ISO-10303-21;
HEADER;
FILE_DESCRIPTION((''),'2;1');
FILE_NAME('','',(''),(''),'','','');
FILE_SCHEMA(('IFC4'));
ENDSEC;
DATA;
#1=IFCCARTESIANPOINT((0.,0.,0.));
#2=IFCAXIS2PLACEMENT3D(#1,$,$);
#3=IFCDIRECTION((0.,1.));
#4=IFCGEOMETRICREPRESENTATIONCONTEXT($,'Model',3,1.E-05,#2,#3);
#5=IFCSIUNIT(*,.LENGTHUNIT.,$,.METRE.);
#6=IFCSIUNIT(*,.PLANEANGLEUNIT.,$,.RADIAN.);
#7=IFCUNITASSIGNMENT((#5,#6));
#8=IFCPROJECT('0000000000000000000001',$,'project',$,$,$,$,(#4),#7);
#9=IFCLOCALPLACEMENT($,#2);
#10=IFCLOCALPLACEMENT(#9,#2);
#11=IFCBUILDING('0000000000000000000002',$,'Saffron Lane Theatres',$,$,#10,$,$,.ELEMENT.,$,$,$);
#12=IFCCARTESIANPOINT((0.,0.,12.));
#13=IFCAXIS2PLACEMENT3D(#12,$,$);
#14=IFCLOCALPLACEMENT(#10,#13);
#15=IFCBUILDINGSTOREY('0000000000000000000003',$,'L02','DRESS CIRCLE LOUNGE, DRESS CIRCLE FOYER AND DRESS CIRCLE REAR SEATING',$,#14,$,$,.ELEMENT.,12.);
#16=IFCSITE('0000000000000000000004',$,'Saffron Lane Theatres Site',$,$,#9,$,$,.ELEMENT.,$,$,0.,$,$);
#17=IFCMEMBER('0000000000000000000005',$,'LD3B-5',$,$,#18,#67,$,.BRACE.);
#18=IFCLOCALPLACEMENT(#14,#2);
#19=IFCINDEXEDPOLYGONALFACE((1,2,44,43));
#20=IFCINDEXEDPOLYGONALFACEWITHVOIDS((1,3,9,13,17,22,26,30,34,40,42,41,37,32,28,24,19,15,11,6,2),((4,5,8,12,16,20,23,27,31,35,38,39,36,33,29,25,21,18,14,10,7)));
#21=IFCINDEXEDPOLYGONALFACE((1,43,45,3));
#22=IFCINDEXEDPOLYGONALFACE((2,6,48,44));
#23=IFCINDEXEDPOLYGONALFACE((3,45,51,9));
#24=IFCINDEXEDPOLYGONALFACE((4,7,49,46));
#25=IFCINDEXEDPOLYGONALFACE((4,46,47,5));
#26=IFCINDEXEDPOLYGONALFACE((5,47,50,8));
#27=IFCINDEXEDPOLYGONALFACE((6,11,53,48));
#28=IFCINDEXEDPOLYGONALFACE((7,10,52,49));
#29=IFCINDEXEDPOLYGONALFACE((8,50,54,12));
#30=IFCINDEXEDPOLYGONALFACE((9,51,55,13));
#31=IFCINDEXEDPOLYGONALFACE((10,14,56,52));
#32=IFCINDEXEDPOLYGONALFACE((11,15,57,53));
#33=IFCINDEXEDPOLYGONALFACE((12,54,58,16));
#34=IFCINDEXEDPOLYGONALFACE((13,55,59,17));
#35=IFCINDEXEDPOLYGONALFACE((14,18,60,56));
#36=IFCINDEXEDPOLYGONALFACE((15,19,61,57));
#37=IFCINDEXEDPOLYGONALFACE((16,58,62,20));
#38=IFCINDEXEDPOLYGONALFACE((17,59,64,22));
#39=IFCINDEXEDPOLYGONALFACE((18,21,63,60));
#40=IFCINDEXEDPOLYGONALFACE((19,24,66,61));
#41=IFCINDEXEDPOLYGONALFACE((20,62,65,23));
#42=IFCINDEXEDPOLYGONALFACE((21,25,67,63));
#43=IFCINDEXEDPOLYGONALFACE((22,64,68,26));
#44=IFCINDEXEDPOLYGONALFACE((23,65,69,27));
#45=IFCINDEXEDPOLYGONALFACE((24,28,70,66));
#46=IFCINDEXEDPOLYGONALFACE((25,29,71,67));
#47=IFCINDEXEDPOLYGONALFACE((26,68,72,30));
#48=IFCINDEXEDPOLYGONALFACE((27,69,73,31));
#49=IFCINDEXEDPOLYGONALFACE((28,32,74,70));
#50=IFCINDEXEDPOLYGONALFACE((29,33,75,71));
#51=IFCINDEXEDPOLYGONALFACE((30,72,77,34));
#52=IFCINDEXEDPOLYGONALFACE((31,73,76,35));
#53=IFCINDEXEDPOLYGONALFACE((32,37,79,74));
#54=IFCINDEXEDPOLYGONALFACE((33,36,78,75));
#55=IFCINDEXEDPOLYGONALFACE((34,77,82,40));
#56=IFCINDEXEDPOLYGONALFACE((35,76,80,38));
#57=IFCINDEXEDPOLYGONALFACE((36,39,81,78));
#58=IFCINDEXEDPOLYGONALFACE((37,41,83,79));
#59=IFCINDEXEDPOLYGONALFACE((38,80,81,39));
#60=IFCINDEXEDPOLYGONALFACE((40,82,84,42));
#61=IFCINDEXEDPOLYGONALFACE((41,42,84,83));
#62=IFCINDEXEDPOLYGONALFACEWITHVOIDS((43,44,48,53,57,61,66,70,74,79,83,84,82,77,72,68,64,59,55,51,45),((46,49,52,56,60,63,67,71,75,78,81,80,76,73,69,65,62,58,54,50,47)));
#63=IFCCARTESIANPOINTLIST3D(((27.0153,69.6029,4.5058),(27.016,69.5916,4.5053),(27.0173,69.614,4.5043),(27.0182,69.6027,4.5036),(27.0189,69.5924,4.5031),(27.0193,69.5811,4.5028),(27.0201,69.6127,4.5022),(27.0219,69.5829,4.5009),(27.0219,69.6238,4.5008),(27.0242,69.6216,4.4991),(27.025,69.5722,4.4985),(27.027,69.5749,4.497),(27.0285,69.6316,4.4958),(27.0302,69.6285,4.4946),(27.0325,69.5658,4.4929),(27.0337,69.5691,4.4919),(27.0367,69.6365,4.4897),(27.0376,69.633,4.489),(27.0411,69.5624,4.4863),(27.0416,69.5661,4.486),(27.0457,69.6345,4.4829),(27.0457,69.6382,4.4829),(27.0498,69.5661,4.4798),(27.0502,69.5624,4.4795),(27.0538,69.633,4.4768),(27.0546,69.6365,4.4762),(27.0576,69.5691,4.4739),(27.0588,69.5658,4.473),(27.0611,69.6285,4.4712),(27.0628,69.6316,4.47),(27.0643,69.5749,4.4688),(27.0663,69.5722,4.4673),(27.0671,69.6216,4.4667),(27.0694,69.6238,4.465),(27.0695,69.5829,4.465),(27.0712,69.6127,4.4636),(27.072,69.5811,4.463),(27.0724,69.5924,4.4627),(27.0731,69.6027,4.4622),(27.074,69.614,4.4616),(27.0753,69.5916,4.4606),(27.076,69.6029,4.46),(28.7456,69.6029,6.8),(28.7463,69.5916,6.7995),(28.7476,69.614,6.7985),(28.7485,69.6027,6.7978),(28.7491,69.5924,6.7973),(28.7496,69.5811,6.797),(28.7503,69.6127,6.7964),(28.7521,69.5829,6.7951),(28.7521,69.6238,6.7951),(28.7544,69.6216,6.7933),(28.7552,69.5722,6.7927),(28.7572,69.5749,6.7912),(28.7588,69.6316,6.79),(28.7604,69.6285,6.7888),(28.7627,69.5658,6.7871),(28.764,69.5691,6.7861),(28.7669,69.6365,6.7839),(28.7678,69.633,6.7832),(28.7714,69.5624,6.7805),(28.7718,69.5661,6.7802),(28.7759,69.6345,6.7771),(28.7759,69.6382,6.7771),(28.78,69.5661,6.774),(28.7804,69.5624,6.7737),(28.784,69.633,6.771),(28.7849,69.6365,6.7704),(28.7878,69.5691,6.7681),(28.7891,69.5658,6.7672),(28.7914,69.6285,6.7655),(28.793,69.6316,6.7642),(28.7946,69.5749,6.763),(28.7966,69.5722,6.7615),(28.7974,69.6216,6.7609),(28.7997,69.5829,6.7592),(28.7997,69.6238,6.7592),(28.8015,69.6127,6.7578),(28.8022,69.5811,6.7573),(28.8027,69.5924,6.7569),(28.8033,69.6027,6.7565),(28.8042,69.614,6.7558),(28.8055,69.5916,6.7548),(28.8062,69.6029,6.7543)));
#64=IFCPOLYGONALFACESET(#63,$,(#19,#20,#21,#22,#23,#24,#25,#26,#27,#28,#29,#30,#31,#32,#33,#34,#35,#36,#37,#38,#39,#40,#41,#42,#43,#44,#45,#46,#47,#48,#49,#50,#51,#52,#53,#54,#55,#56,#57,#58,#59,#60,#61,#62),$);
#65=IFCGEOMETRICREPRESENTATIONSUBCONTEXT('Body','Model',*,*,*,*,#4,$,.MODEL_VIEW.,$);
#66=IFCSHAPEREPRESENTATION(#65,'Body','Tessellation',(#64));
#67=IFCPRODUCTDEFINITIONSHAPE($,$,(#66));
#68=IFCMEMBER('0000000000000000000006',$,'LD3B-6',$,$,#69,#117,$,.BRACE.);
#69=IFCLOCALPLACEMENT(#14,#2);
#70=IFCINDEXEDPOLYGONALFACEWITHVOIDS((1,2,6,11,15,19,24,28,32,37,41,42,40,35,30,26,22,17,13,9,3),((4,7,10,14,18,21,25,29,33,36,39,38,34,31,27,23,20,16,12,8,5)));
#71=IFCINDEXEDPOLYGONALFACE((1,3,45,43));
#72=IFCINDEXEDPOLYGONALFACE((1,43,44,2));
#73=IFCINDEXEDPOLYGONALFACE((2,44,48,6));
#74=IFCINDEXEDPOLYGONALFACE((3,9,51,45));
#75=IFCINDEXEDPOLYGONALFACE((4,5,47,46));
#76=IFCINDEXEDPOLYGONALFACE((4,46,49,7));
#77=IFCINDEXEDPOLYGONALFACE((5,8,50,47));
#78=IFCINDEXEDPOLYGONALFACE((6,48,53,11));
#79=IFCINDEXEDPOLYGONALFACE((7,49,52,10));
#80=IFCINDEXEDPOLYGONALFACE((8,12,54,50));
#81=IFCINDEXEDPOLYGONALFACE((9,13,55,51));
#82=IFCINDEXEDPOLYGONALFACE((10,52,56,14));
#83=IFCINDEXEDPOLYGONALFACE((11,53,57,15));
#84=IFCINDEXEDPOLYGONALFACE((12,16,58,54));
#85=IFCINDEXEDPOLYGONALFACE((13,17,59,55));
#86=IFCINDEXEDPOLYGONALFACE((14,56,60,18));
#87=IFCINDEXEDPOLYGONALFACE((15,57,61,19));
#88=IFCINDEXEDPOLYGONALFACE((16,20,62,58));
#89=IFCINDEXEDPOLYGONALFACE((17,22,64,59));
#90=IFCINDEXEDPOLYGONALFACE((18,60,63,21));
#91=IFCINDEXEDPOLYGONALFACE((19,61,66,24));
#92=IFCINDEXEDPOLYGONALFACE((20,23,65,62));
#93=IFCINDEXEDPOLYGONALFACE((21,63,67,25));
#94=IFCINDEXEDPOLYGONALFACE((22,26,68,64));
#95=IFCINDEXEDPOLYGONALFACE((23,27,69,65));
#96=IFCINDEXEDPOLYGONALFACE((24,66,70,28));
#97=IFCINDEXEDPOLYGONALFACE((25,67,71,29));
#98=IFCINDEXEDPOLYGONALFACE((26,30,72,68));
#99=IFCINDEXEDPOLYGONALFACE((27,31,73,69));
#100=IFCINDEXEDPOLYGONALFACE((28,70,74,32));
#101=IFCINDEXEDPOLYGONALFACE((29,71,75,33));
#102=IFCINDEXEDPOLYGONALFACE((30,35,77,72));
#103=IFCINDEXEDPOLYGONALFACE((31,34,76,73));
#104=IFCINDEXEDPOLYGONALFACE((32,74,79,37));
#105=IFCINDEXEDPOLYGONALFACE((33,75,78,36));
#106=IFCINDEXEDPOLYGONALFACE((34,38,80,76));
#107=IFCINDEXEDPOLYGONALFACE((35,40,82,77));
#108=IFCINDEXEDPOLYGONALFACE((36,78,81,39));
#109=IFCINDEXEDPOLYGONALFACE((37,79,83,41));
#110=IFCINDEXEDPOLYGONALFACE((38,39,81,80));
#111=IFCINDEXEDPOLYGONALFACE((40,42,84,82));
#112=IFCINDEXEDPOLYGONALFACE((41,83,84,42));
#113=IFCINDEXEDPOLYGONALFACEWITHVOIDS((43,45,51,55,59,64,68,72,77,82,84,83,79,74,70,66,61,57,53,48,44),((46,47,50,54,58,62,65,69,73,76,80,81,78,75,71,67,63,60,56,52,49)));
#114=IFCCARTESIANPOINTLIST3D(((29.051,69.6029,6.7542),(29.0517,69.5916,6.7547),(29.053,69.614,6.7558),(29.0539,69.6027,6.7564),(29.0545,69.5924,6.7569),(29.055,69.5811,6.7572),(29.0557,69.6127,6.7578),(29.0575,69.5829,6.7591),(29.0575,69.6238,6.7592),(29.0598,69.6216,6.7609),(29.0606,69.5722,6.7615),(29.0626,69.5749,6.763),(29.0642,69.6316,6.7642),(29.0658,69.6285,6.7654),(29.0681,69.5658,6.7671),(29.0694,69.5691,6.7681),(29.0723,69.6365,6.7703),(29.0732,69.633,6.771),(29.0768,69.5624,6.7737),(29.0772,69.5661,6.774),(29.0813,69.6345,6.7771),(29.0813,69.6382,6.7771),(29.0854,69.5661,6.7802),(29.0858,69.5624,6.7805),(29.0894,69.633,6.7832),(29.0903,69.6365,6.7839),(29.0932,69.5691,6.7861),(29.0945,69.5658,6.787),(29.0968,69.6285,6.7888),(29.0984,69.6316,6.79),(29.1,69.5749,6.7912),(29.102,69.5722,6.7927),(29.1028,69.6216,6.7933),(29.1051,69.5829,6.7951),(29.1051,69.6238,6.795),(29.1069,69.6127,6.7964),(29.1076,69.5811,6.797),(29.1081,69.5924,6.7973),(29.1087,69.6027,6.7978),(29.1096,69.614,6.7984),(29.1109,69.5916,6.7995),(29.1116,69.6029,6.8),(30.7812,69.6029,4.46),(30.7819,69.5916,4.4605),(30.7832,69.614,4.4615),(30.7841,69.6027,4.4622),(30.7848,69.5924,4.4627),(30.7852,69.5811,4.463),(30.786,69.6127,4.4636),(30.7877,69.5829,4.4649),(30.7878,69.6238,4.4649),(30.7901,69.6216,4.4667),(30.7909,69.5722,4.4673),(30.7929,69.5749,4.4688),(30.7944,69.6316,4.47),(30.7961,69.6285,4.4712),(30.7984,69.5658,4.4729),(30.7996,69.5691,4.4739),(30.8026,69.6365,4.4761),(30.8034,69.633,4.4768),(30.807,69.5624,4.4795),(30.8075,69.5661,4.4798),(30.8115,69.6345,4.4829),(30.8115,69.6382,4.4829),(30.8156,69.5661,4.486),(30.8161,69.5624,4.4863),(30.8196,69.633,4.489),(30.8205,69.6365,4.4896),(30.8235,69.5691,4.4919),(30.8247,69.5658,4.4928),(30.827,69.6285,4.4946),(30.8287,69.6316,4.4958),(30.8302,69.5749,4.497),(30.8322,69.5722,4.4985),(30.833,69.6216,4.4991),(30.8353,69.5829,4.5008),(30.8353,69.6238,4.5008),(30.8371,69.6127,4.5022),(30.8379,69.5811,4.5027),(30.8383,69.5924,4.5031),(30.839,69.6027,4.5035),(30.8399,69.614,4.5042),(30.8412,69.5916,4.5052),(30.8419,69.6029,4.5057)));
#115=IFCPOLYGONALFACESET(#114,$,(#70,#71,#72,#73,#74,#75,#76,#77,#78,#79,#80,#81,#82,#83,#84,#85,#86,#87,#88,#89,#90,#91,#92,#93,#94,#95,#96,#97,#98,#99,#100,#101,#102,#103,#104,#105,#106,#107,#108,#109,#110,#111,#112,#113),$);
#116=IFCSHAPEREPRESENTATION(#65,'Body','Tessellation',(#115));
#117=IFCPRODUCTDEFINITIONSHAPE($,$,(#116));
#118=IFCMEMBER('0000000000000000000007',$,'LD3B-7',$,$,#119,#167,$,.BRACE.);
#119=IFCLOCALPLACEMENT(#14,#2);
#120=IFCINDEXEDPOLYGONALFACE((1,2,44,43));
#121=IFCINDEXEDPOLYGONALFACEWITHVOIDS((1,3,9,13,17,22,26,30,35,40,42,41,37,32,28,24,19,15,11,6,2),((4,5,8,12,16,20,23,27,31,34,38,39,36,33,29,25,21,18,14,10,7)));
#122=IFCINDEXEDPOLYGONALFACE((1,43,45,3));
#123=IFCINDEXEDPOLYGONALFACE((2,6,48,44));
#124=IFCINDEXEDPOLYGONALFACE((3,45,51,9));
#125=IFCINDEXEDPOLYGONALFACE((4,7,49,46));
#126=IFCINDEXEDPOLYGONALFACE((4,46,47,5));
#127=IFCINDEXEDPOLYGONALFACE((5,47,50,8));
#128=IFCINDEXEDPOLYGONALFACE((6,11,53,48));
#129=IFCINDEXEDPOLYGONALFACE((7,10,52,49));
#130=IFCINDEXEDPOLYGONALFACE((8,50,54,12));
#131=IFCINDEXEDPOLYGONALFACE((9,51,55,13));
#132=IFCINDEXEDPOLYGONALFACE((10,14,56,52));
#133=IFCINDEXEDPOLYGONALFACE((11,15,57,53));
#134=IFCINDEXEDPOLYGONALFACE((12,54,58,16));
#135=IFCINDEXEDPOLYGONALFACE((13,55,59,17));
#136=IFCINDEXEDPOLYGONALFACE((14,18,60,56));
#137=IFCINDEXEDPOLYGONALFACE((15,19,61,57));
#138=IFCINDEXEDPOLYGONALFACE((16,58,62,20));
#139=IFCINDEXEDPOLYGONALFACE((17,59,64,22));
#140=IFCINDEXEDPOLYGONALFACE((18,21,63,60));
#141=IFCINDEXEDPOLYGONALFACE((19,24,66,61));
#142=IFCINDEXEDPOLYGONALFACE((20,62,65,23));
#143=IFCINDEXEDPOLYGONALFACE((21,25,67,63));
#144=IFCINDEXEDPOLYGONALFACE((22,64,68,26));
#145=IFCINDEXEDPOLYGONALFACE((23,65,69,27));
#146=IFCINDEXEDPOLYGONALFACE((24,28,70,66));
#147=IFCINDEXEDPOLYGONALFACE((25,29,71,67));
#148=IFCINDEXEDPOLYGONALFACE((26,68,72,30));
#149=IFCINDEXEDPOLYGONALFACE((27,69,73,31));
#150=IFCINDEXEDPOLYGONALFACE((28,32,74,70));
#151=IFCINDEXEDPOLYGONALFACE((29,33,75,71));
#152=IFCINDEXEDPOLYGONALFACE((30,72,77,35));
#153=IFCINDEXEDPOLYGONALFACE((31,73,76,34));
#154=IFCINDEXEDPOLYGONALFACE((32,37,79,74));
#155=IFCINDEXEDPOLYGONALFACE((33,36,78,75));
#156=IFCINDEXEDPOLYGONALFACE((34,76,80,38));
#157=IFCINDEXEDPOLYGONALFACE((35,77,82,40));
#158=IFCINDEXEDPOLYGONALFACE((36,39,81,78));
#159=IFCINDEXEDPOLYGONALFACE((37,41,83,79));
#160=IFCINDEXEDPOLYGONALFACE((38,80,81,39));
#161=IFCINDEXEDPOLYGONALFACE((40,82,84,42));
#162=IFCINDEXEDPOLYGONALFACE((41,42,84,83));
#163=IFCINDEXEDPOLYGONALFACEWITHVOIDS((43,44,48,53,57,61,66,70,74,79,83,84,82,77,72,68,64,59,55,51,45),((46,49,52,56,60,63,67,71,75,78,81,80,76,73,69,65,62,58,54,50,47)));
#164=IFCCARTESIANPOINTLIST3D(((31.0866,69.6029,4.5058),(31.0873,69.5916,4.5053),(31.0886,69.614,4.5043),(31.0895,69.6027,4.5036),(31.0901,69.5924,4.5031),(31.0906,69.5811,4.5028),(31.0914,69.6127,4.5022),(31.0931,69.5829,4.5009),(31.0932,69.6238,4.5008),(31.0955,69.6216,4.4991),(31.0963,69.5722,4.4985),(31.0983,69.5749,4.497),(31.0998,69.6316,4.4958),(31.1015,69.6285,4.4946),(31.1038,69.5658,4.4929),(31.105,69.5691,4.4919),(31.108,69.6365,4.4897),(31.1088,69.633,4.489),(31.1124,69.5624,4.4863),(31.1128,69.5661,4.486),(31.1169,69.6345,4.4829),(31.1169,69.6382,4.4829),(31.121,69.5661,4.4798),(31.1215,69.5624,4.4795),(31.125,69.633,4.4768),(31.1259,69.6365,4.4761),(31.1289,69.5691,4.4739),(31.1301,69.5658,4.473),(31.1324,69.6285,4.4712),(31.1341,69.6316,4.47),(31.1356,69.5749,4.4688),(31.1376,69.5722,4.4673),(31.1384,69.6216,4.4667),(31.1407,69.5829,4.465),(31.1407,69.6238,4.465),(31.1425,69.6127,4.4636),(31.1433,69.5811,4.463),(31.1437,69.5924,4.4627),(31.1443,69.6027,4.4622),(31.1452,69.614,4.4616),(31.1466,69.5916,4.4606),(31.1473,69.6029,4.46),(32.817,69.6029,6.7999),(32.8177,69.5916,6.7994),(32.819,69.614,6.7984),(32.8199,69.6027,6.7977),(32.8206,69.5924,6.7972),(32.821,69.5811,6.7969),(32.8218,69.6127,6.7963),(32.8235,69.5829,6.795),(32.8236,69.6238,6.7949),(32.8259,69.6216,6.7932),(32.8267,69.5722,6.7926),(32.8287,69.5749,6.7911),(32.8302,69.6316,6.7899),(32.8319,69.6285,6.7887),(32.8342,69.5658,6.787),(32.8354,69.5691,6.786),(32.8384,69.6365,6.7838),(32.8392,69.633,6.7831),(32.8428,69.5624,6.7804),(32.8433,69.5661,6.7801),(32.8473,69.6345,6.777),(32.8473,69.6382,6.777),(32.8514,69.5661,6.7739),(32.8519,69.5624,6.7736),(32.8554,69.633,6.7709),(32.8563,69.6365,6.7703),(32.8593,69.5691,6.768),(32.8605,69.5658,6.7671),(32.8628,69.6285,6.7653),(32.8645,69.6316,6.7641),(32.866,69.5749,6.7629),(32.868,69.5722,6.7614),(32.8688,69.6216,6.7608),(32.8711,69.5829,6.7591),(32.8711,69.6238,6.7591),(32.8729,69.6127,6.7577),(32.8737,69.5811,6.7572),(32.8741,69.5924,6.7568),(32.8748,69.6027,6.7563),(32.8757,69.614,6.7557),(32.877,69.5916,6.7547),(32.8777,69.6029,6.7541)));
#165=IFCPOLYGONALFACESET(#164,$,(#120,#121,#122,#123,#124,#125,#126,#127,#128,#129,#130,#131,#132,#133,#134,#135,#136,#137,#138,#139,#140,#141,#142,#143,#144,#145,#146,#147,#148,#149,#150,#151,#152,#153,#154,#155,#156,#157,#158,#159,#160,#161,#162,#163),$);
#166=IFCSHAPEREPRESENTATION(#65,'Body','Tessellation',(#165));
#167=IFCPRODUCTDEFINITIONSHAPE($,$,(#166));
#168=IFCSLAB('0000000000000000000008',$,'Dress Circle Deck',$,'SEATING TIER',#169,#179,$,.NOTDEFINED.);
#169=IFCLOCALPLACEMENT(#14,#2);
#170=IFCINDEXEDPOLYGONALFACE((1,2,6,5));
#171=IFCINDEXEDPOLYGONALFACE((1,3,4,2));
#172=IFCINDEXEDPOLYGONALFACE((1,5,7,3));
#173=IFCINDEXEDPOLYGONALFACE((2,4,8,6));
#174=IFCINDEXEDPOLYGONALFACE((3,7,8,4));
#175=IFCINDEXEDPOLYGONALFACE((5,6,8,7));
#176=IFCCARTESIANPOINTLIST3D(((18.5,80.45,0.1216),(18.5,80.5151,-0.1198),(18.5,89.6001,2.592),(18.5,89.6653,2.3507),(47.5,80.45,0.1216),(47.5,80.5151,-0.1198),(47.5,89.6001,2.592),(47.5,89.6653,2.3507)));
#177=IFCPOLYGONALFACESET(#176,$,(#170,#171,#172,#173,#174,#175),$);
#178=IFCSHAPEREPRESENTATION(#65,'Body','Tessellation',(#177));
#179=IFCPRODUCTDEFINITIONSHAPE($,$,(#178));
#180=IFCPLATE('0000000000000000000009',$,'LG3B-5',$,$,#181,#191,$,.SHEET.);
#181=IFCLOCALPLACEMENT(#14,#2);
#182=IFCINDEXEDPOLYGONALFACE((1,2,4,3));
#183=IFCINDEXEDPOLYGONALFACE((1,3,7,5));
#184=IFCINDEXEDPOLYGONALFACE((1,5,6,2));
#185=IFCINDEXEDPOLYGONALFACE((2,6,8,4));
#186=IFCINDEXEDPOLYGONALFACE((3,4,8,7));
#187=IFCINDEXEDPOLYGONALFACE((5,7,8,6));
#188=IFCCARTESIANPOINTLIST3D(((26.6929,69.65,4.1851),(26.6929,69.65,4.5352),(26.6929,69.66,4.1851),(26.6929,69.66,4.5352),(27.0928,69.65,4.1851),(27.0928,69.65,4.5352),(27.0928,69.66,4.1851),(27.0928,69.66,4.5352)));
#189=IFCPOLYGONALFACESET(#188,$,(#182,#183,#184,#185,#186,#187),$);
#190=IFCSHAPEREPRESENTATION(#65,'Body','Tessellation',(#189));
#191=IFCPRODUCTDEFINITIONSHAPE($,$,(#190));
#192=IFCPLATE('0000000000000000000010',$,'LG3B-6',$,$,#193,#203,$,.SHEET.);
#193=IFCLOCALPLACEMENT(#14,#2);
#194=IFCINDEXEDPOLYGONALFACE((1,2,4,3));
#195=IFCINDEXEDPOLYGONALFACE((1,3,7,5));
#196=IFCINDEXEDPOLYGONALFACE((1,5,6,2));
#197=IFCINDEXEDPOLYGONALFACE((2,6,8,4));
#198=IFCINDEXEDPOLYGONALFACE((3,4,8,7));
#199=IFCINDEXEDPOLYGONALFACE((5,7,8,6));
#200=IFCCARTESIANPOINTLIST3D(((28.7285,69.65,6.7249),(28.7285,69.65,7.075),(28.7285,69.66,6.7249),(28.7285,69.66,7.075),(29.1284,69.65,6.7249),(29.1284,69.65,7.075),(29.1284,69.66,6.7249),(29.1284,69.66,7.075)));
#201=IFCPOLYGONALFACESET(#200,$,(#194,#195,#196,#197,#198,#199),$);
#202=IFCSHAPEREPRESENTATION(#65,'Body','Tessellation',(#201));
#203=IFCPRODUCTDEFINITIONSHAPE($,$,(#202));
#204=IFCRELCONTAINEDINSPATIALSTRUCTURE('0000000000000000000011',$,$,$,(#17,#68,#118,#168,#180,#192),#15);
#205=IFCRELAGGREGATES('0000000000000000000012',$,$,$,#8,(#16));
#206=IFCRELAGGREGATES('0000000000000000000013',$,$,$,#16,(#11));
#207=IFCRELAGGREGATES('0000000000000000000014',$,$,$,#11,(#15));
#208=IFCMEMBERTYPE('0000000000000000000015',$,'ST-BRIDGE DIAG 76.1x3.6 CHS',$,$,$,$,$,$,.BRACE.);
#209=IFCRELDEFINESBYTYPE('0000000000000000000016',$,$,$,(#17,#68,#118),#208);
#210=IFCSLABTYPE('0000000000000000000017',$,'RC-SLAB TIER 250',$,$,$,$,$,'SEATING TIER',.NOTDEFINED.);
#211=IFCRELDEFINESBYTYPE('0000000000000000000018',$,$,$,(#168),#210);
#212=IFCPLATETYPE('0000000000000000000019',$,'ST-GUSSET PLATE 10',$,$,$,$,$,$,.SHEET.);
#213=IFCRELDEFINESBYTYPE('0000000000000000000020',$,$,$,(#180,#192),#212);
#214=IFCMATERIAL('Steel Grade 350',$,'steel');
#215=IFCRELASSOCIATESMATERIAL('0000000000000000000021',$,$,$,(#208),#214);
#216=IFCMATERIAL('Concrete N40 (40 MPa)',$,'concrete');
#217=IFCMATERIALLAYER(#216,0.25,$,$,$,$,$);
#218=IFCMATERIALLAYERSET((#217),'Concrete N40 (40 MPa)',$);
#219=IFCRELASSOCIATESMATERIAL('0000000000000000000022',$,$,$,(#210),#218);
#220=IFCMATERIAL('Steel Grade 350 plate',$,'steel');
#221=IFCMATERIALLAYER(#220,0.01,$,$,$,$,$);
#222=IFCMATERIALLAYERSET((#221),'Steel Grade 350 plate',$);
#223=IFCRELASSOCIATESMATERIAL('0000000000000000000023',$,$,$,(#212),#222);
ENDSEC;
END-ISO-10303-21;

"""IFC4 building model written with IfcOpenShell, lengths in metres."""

from ifc_helpers import new_model, si_unit, direction, frame, origin, origin_2d, place, context, subcontext, project, spatial, polyline, rectangle, hollow_circle, outline, extrude, material, layer, layer_set, material_profile, profile_set, type_object, element, save


model = new_model("IFC4")

# Units and contexts
model_context = context("Model", 3, precision=1e-05, world=origin(), true_north=direction((0.0, 1.0)))
body_context = subcontext(model_context, "Body", "Model", "MODEL_VIEW")
ifc_project = project(units=[si_unit("LENGTHUNIT", "METRE"), si_unit("PLANEANGLEUNIT", "RADIAN")], contexts=[model_context])

# Site, building, storey
site_placement = place(None, origin())
site = spatial("IfcSite", under=ifc_project, at=site_placement, Name="Saffron Lane Theatres Site", CompositionType="ELEMENT", RefElevation=0.0)
building_placement = place(site_placement, origin())
building = spatial("IfcBuilding", under=site, at=building_placement, Name="Saffron Lane Theatres", CompositionType="ELEMENT")
storey_placement = place(building_placement, frame((0.0, 0.0, 12.0)))
storey = spatial("IfcBuildingStorey", under=building, at=storey_placement, Name="L02", Description="DRESS CIRCLE LOUNGE, DRESS CIRCLE FOYER AND DRESS CIRCLE REAR SEATING", CompositionType="ELEMENT", Elevation=12.0)

# Members
ifc_material_1 = material(Name="Steel Grade 350", Category="steel")
ifc_material_profile_1 = material_profile(ifc_material_1, hollow_circle(Radius=0.0381, WallThickness=0.0037, at=origin_2d()))
ifc_profile_set_1 = profile_set([ifc_material_profile_1], Name="Steel Grade 350")
member_type = type_object("IfcMemberType", Name="ST-BRIDGE DIAG 76.1x3.6 CHS", PredefinedType="BRACE", material=ifc_profile_set_1)
for number, where, z_axis, x_axis, name in (
    (1, (27.0457, 69.6001, 4.4829), (0.602132, 0.0, 0.798396), (0.0, 1.0, 0.0), "LD3B-5"),
    (2, (29.0813, 69.6001, 6.7771), (0.602132, 0.0, -0.798396), (0.0, 1.0, 0.0), "LD3B-6"),
    (3, (31.1169, 69.6001, 4.4829), (0.602186, 0.0, 0.798356), (0.0, 1.0, 0.0), "LD3B-7"),
):
    element("IfcMember", number, at=place(storey_placement, frame(where, z_axis=z_axis, x_axis=x_axis)), inside=storey, type_object=member_type, Name=name, PredefinedType="BRACE", context=body_context, shape_type="SweptSolid", body=[
        extrude(hollow_circle(Radius=0.0381, WallThickness=0.0037, at=origin_2d()), origin(), (0.0, 0.0, 1.0), 2.8735),
    ])

# Slab
ifc_material_2 = material(Name="Concrete N40 (40 MPa)", Category="concrete")
ifc_layer_1 = layer(ifc_material_2, 0.25)
ifc_layer_set_1 = layer_set([ifc_layer_1], Name="Concrete N40 (40 MPa)")
slab_type = type_object("IfcSlabType", Name="RC-SLAB TIER 250", ElementType="SEATING TIER", PredefinedType="NOTDEFINED", material=ifc_layer_set_1)
slab_placement = place(storey_placement, frame((18.5, 80.45, 0.1216), z_axis=(0.0, -0.260658, 0.965431), x_axis=(1.0, 0.0, 0.0)))
element("IfcSlab", 4, at=slab_placement, inside=storey, type_object=slab_type, Name="Dress Circle Deck", ObjectType="SEATING TIER", PredefinedType="NOTDEFINED", context=body_context, shape_type="SweptSolid", body=[
    extrude(outline(polyline([(0.0, 0.0), (29.0, 0.0), (29.0, 9.4778), (0.0, 9.4778), (0.0, 0.0)])), origin(), (0.0, 0.0, -1.0), 0.25),
])

# Plates
ifc_material_3 = material(Name="Steel Grade 350 plate", Category="steel")
ifc_layer_2 = layer(ifc_material_3, 0.01)
ifc_layer_set_2 = layer_set([ifc_layer_2], Name="Steel Grade 350 plate")
plate_type_1 = type_object("IfcPlateType", Name="ST-GUSSET PLATE 10", PredefinedType="SHEET", material=ifc_layer_set_2)
for number, where, z_axis, x_axis, name in (
    (5, (26.8928, 69.655, 4.1851), (0.0, 0.0, 1.0), (1.0, 0.0, 0.0), "LG3B-5"),
    (6, (28.9285, 69.655, 6.7249), (0.0, 0.0, 1.0), (1.0, 0.0, 0.0), "LG3B-6"),
):
    element("IfcPlate", number, at=place(storey_placement, frame(where, z_axis=z_axis, x_axis=x_axis)), inside=storey, type_object=plate_type_1, Name=name, PredefinedType="SHEET", context=body_context, shape_type="SweptSolid", body=[
        extrude(rectangle(XDim=0.3999, YDim=0.01, at=origin_2d()), origin(), (0.0, 0.0, 1.0), 0.3501),
    ])

save(model, "model.ifc")
